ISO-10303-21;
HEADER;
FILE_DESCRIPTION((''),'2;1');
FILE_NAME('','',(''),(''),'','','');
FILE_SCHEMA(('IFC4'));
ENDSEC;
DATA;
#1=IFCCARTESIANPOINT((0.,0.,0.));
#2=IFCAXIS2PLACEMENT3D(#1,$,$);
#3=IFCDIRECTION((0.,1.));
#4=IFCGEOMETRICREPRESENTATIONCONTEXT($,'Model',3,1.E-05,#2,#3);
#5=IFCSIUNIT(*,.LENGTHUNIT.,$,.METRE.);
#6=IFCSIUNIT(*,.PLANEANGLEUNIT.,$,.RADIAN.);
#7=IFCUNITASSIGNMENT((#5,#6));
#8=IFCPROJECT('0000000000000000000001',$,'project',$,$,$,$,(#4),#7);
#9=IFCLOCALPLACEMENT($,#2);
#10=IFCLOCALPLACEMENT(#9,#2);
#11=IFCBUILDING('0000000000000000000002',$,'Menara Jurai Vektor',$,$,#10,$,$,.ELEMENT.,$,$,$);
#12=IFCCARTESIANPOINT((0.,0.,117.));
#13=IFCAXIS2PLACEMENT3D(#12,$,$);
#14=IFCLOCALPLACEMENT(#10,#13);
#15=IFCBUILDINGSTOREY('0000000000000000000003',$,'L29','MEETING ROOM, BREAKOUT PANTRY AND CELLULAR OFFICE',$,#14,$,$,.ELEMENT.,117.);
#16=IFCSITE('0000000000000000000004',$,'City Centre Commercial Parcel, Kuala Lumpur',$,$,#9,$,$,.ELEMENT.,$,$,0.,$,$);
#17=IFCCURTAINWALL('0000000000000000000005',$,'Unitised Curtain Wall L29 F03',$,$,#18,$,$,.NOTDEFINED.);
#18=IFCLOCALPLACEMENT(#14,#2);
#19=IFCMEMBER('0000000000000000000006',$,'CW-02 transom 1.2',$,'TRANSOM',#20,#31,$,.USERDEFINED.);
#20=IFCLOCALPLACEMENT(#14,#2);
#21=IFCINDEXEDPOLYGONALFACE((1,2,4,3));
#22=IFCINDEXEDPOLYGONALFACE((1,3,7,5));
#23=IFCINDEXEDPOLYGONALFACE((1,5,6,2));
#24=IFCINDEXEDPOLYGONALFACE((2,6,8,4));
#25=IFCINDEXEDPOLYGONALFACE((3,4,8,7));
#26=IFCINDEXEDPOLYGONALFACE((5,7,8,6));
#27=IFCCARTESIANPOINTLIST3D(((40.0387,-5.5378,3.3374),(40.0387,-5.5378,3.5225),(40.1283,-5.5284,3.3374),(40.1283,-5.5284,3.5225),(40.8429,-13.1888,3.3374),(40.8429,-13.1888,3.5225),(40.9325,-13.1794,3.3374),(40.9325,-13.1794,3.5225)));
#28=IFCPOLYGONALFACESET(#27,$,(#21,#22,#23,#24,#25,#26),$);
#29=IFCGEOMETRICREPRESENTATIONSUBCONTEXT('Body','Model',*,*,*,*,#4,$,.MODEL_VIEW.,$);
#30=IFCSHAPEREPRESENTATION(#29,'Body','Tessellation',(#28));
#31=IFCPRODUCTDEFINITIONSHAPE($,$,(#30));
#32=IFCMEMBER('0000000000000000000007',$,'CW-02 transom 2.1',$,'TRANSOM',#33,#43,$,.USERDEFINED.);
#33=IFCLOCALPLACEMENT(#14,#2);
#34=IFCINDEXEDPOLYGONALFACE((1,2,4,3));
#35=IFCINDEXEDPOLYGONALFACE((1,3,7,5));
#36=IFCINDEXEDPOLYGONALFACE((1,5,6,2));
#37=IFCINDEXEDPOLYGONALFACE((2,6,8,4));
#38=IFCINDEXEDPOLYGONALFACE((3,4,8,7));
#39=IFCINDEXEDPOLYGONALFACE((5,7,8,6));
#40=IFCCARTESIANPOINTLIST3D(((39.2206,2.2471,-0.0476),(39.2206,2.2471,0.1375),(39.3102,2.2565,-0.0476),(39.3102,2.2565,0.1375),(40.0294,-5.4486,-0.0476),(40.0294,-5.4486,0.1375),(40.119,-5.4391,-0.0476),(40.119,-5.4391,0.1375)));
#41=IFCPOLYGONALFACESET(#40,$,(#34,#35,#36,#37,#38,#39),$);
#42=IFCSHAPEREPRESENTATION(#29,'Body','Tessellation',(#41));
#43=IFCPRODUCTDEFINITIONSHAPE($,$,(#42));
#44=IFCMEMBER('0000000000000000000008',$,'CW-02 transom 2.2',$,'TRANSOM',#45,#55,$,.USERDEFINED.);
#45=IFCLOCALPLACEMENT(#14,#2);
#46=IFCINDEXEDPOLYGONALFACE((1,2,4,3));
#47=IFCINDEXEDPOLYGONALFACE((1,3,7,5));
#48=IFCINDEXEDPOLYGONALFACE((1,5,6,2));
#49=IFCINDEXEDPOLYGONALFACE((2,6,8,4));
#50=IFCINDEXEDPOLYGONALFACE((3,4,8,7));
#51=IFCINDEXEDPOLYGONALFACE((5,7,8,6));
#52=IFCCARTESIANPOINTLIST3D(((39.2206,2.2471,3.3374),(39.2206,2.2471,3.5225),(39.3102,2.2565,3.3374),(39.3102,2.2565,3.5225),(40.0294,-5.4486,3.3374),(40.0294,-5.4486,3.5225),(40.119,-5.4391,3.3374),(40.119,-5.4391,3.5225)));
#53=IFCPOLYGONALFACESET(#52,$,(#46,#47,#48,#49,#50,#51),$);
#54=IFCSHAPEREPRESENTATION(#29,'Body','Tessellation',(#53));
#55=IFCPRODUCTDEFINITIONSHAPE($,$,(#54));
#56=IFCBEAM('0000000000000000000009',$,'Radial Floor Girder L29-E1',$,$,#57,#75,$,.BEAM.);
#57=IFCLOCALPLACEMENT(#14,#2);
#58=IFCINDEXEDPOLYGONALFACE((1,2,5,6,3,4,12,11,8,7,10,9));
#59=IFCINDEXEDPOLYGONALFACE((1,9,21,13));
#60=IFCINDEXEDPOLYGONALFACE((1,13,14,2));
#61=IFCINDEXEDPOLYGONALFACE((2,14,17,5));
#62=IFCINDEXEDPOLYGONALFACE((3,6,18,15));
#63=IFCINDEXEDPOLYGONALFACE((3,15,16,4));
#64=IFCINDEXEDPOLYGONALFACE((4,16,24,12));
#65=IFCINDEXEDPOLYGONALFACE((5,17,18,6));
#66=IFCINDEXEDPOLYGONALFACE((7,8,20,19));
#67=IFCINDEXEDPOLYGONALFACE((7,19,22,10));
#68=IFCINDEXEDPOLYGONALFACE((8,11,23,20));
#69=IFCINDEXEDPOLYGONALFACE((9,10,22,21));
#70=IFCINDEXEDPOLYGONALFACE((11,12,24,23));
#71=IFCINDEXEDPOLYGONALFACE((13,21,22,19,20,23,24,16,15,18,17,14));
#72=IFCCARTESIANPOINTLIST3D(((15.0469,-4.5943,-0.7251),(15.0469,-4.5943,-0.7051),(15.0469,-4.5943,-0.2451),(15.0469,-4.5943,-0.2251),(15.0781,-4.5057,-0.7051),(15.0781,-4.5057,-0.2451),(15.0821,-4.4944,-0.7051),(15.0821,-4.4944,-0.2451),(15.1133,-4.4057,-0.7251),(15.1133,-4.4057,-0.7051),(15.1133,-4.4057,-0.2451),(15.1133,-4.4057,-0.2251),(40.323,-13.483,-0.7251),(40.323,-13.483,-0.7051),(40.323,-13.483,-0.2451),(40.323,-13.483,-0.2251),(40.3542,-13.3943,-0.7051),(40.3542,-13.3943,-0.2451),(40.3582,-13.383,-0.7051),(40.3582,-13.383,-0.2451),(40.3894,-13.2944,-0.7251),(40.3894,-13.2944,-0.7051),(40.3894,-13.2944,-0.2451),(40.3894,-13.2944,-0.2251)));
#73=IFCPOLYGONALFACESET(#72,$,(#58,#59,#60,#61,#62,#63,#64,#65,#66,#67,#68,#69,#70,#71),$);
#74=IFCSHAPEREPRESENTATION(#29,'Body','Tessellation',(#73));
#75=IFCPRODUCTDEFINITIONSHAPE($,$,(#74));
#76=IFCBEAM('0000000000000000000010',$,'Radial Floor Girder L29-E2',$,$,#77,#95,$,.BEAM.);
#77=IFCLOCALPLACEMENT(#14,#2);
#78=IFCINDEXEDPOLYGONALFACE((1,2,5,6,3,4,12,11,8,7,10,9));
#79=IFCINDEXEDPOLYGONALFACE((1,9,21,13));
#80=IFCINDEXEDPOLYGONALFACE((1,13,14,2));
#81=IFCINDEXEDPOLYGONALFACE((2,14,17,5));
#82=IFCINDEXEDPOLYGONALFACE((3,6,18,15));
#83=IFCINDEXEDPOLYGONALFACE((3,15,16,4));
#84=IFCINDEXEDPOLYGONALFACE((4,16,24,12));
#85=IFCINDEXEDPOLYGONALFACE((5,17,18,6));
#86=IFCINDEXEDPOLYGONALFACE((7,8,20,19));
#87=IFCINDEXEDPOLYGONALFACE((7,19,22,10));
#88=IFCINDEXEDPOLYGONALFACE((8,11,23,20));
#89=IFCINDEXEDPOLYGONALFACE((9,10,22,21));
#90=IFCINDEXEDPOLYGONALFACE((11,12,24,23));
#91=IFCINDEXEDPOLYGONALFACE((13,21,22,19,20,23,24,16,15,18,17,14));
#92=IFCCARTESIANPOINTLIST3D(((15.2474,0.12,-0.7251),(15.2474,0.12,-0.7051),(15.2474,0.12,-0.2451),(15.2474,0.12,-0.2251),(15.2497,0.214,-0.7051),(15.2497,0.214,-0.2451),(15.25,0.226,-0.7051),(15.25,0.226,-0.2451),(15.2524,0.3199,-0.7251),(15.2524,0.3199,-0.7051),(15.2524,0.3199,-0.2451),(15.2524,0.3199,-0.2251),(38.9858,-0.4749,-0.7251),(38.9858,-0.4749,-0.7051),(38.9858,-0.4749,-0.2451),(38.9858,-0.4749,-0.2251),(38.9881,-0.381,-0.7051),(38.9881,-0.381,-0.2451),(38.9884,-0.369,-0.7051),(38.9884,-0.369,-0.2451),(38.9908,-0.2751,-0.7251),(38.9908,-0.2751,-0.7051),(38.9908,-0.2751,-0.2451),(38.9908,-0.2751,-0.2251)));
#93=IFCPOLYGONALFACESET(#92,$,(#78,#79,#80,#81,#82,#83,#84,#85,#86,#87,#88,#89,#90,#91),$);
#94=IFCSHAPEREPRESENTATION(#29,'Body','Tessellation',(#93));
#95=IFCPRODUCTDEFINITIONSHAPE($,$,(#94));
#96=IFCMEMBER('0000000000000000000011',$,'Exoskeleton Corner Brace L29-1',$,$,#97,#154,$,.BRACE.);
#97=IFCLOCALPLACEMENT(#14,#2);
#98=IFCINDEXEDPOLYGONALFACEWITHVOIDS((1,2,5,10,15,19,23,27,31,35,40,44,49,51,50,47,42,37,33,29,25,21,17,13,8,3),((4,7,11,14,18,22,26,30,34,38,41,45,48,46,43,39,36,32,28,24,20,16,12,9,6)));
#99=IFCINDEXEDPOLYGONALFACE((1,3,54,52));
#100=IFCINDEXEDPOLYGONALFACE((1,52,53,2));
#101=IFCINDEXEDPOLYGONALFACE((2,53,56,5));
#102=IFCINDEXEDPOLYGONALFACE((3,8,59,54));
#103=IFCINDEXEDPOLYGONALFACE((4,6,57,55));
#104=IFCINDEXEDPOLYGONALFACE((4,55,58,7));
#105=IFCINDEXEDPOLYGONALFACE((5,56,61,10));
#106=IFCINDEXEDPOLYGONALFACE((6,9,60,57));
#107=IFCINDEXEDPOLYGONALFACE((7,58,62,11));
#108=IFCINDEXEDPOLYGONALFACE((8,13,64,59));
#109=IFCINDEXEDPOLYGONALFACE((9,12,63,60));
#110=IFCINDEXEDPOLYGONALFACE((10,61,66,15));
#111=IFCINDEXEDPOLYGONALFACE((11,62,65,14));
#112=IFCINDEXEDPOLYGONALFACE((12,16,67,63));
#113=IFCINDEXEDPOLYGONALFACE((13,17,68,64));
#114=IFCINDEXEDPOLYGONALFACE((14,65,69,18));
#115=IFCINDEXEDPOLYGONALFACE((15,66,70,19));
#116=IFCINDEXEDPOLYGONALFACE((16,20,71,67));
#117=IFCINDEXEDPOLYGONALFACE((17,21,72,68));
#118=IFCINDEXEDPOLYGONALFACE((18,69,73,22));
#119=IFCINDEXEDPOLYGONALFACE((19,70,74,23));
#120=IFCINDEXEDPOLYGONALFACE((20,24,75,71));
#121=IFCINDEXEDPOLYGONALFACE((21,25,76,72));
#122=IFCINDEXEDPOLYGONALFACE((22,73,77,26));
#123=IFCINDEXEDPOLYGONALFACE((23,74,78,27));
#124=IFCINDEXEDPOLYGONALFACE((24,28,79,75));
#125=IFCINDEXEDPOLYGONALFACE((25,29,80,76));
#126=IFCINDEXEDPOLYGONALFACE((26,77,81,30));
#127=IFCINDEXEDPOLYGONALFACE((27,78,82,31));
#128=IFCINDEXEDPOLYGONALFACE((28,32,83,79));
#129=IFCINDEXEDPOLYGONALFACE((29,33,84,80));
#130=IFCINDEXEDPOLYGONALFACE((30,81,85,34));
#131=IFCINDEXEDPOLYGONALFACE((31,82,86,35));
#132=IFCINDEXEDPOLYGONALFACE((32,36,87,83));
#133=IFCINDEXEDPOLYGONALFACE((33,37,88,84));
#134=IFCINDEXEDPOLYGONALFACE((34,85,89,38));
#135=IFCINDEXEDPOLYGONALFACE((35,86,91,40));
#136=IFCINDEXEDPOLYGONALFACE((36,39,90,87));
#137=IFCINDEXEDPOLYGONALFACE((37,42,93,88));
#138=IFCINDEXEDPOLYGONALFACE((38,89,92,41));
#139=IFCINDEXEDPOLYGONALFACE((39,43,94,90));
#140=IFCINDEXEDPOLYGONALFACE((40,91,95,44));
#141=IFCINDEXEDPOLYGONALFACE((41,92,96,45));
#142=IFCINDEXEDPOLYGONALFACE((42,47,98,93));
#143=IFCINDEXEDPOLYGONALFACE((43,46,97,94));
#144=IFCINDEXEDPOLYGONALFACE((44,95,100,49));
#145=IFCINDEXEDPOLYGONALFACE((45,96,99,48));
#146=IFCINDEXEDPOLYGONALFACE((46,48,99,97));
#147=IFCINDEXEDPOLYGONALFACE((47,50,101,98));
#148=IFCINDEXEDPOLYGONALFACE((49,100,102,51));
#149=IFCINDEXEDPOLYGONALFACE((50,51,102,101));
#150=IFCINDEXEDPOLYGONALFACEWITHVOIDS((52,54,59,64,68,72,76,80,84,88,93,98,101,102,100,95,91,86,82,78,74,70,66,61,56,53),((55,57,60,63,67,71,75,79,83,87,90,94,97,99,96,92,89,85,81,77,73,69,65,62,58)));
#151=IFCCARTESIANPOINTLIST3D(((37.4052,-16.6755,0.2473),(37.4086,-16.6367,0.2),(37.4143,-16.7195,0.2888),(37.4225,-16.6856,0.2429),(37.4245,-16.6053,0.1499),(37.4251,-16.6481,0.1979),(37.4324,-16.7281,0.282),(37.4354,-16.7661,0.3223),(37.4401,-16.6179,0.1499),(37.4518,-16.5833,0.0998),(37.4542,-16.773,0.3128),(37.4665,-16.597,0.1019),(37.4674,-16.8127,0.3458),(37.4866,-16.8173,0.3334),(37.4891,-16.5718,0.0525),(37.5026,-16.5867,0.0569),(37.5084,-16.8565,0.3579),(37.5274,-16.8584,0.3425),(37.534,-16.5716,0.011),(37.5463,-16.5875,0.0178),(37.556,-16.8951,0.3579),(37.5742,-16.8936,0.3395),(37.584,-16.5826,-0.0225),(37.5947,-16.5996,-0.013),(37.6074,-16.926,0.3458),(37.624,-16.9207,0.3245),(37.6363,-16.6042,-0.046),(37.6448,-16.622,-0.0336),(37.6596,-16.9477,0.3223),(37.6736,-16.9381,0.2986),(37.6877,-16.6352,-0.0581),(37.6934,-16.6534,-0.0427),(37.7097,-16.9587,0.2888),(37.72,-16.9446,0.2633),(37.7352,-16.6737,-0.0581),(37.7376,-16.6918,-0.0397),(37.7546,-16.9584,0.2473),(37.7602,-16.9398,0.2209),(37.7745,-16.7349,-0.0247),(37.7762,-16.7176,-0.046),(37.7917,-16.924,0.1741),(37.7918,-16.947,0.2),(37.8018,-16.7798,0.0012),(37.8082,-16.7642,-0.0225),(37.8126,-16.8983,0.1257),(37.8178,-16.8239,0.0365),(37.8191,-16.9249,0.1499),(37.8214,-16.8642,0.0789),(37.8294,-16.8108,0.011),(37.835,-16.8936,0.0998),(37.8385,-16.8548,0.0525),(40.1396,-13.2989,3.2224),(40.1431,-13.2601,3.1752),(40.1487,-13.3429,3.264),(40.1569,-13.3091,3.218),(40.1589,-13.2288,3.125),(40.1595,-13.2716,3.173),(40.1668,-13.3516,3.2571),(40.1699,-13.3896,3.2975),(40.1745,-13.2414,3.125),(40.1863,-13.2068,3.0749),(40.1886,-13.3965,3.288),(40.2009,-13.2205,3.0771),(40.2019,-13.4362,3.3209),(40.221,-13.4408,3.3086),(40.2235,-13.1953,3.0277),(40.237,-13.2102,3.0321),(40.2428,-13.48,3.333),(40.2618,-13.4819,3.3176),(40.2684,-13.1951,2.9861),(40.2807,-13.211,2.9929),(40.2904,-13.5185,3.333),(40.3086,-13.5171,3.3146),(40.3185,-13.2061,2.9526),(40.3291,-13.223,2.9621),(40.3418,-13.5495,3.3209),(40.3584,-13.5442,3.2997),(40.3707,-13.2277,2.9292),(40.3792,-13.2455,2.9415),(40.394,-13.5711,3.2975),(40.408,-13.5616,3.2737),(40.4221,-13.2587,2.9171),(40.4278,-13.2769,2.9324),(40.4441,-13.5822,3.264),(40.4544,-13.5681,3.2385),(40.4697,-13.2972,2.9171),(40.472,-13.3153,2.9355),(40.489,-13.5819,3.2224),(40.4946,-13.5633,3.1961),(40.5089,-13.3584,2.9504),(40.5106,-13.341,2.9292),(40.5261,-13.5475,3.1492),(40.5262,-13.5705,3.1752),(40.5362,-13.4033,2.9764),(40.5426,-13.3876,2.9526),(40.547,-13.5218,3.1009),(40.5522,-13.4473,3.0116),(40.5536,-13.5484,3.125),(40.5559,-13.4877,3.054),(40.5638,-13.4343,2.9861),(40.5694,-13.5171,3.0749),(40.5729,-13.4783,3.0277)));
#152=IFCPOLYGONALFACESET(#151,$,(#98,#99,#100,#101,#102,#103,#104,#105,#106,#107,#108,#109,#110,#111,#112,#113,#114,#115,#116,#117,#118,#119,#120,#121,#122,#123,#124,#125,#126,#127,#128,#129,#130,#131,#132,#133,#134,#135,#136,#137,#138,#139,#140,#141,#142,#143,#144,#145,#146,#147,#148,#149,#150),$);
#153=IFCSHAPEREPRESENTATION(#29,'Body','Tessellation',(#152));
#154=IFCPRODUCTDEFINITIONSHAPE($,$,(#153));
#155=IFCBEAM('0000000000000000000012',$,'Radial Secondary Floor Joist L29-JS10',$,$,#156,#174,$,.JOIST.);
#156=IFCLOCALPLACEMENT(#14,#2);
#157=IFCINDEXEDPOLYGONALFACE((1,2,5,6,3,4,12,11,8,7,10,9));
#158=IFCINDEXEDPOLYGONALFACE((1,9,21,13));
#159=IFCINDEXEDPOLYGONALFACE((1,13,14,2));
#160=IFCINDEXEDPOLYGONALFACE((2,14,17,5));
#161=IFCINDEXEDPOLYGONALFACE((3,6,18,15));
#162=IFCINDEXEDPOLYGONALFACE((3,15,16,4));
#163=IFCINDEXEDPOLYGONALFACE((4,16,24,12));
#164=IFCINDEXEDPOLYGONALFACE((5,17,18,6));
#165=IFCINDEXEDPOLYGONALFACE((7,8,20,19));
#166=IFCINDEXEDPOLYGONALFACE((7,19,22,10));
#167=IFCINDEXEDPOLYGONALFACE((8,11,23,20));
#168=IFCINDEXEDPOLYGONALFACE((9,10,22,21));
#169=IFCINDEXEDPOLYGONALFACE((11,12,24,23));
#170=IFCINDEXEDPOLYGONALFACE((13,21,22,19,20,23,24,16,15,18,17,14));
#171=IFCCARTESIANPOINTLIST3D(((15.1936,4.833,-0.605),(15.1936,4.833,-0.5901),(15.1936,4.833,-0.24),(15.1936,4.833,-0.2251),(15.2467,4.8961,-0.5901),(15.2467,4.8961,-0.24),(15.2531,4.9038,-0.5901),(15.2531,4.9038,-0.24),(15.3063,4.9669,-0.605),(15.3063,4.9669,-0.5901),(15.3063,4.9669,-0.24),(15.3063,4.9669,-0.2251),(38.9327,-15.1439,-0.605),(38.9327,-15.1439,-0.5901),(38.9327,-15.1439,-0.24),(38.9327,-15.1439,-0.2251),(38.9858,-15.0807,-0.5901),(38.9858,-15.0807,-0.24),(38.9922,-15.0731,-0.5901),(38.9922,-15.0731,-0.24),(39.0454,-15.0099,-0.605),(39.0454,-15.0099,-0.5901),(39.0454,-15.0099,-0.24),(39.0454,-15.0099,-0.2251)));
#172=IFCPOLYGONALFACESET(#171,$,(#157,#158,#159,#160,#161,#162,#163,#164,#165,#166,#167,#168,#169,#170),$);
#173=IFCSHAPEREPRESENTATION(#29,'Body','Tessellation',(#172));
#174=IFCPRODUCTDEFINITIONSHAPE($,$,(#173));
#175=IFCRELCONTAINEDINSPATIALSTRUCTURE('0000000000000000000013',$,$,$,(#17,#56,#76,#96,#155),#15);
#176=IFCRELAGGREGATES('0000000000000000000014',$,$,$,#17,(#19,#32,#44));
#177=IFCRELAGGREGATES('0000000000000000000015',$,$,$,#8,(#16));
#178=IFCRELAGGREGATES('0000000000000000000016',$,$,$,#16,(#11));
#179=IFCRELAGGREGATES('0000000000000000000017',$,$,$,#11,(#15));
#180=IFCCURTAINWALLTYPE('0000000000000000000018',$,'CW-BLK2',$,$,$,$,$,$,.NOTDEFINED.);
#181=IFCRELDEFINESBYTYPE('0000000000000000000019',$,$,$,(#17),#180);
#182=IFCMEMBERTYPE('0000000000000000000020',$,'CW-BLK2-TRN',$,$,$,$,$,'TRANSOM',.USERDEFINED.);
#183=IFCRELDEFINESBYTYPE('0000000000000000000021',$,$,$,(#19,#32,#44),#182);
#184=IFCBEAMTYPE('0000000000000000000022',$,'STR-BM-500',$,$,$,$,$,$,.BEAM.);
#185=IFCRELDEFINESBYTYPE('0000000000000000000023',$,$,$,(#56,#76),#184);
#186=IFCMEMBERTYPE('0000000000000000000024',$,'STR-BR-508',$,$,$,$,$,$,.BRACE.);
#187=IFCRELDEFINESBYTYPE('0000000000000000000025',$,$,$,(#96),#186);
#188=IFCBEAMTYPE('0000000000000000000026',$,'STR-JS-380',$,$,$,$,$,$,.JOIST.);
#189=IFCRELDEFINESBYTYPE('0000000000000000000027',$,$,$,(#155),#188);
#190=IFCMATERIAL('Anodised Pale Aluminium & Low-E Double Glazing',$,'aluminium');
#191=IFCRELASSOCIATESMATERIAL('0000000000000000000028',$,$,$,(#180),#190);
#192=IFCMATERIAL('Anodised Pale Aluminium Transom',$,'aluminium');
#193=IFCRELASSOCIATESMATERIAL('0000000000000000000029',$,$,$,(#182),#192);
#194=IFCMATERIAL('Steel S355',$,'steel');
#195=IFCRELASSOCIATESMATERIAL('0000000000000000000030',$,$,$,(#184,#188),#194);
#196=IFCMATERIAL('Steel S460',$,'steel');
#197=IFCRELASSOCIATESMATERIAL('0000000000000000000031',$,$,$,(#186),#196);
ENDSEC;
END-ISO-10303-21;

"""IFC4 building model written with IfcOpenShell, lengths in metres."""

from ifc_helpers import new_model, si_unit, direction, frame, origin, origin_2d, place, context, subcontext, project, spatial, rectangle, hollow_circle, i_section, extrude, material, material_profile, profile_set, type_object, element, aggregate, save


model = new_model("IFC4")

# Units and contexts
model_context = context("Model", 3, precision=1e-05, world=origin(), true_north=direction((0.0, 1.0)))
body_context = subcontext(model_context, "Body", "Model", "MODEL_VIEW")
ifc_project = project(units=[si_unit("LENGTHUNIT", "METRE"), si_unit("PLANEANGLEUNIT", "RADIAN")], contexts=[model_context])

# Site, building, storey
site_placement = place(None, origin())
site = spatial("IfcSite", under=ifc_project, at=site_placement, Name="City Centre Commercial Parcel, Kuala Lumpur", CompositionType="ELEMENT", RefElevation=0.0)
building_placement = place(site_placement, origin())
building = spatial("IfcBuilding", under=site, at=building_placement, Name="Menara Jurai Vektor", CompositionType="ELEMENT")
storey_placement = place(building_placement, frame((0.0, 0.0, 117.0)))
storey = spatial("IfcBuildingStorey", under=building, at=storey_placement, Name="L29", Description="MEETING ROOM, BREAKOUT PANTRY AND CELLULAR OFFICE", CompositionType="ELEMENT", Elevation=117.0)

# Shared definitions
ifc_material_1 = material(Name="Steel S460", Category="steel")

# Curtain wall
ifc_material_2 = material(Name="Anodised Pale Aluminium & Low-E Double Glazing", Category="aluminium")
curtain_wall_type = type_object("IfcCurtainWallType", Name="CW-BLK2", PredefinedType="NOTDEFINED", material=ifc_material_2)
curtain_wall_1_placement = place(storey_placement, origin())
curtain_wall_1 = element("IfcCurtainWall", 1, at=curtain_wall_1_placement, inside=storey, type_object=curtain_wall_type, Name="Unitised Curtain Wall L29 F03", PredefinedType="NOTDEFINED")

# Members
ifc_material_3 = material(Name="Anodised Pale Aluminium Transom", Category="aluminium")
ifc_material_profile_1 = material_profile(ifc_material_3, rectangle(XDim=0.0901, YDim=0.1851, at=origin_2d()), Name="ALU TRN 90x185")
ifc_profile_set_1 = profile_set([ifc_material_profile_1], Name="Anodised Pale Aluminium Transom")
member_type_1 = type_object("IfcMemberType", Name="CW-BLK2-TRN", ElementType="TRANSOM", PredefinedType="USERDEFINED", material=ifc_profile_set_1)
member_1_placement = place(storey_placement, frame((40.8877, -13.1841, 3.4299), z_axis=(-0.104536, 0.994521, 0.0), x_axis=(-0.994521, -0.104536, 0.0)))
member_1 = element("IfcMember", 2, at=member_1_placement, type_object=member_type_1, Name="CW-02 transom 1.2", ObjectType="TRANSOM", PredefinedType="USERDEFINED", context=body_context, shape_type="SweptSolid", body=[
    extrude(rectangle(XDim=0.0901, YDim=0.1851, at=origin_2d()), origin(), (0.0, 0.0, 1.0), 7.6931),
])
member_2_placement = place(storey_placement, frame((40.0742, -5.4438, 0.0449), z_axis=(-0.104529, 0.994522, 0.0), x_axis=(-0.994522, -0.104529, 0.0)))
member_2 = element("IfcMember", 3, at=member_2_placement, type_object=member_type_1, Name="CW-02 transom 2.1", ObjectType="TRANSOM", PredefinedType="USERDEFINED", context=body_context, shape_type="SweptSolid", body=[
    extrude(rectangle(XDim=0.0901, YDim=0.1851, at=origin_2d()), origin(), (0.0, 0.0, 1.0), 7.738),
])
member_3_placement = place(storey_placement, frame((40.0742, -5.4438, 3.4299), z_axis=(-0.104529, 0.994522, 0.0), x_axis=(-0.994522, -0.104529, 0.0)))
member_3 = element("IfcMember", 4, at=member_3_placement, type_object=member_type_1, Name="CW-02 transom 2.2", ObjectType="TRANSOM", PredefinedType="USERDEFINED", context=body_context, shape_type="SweptSolid", body=[
    extrude(rectangle(XDim=0.0901, YDim=0.1851, at=origin_2d()), origin(), (0.0, 0.0, 1.0), 7.738),
])

# Beams
ifc_material_4 = material(Name="Steel S355", Category="steel")
ifc_material_profile_2 = material_profile(ifc_material_4, i_section(OverallWidth=0.2, OverallDepth=0.5, WebThickness=0.012, FlangeThickness=0.02, at=origin_2d()), Name="PG 500x200x96")
ifc_profile_set_2 = profile_set([ifc_material_profile_2], Name="Steel S355")
beam_type_1 = type_object("IfcBeamType", Name="STR-BM-500", PredefinedType="BEAM", material=ifc_profile_set_2)
beam_1_placement = place(storey_placement, frame((40.3562, -13.3887, -0.4751), z_axis=(-0.943368, 0.331747, 0.0), x_axis=(-0.331747, -0.943368, 0.0)))
element("IfcBeam", 5, at=beam_1_placement, inside=storey, type_object=beam_type_1, Name="Radial Floor Girder L29-E1", PredefinedType="BEAM", context=body_context, shape_type="SweptSolid", body=[
    extrude(i_section(OverallWidth=0.2, OverallDepth=0.5, WebThickness=0.012, FlangeThickness=0.02, at=origin_2d()), origin(), (0.0, 0.0, 1.0), 26.7935),
])
beam_2_placement = place(storey_placement, frame((38.9883, -0.375, -0.4751), z_axis=(-0.999686, 0.025056, 0.0), x_axis=(-0.025056, -0.999686, 0.0)))
element("IfcBeam", 6, at=beam_2_placement, inside=storey, type_object=beam_type_1, Name="Radial Floor Girder L29-E2", PredefinedType="BEAM", context=body_context, shape_type="SweptSolid", body=[
    extrude(i_section(OverallWidth=0.2, OverallDepth=0.5, WebThickness=0.012, FlangeThickness=0.02, at=origin_2d()), origin(), (0.0, 0.0, 1.0), 23.7458),
])

# Member
ifc_material_profile_3 = material_profile(ifc_material_1, hollow_circle(Radius=0.2539, WallThickness=0.02, at=origin_2d()), Name="CHS 508x20")
ifc_profile_set_3 = profile_set([ifc_material_profile_3], Name="Steel S460")
member_type_2 = type_object("IfcMemberType", Name="STR-BR-508", PredefinedType="BRACE", material=ifc_profile_set_3)
member_4_placement = place(storey_placement, frame((37.6218, -16.7651, 0.1499), z_axis=(0.519272, 0.641208, 0.564986), x_axis=(-0.777127, 0.629344, 0.0)))
element("IfcMember", 7, at=member_4_placement, inside=storey, type_object=member_type_2, Name="Exoskeleton Corner Brace L29-1", PredefinedType="BRACE", context=body_context, shape_type="SweptSolid", body=[
    extrude(hollow_circle(Radius=0.2539, WallThickness=0.02, at=origin_2d()), origin(), (0.0, 0.0, 1.0), 5.2659),
])

# Beam
ifc_material_profile_4 = material_profile(ifc_material_4, i_section(OverallWidth=0.175, OverallDepth=0.3799, WebThickness=0.01, FlangeThickness=0.0149, at=origin_2d()), Name="PG 380x175x58")
ifc_profile_set_4 = profile_set([ifc_material_profile_4], Name="Steel S355")
beam_type_2 = type_object("IfcBeamType", Name="STR-JS-380", PredefinedType="JOIST", material=ifc_profile_set_4)
beam_3_placement = place(storey_placement, frame((38.989, -15.0769, -0.415), z_axis=(-0.765133, 0.643873, 0.0), x_axis=(-0.643873, -0.765133, 0.0)))
element("IfcBeam", 8, at=beam_3_placement, inside=storey, type_object=beam_type_2, Name="Radial Secondary Floor Joist L29-JS10", PredefinedType="JOIST", context=body_context, shape_type="SweptSolid", body=[
    extrude(i_section(OverallWidth=0.175, OverallDepth=0.3799, WebThickness=0.01, FlangeThickness=0.0149, at=origin_2d()), origin(), (0.0, 0.0, 1.0), 31.0261),
])

aggregate(curtain_wall_1, [member_1, member_2, member_3])

save(model, "model.ifc")
